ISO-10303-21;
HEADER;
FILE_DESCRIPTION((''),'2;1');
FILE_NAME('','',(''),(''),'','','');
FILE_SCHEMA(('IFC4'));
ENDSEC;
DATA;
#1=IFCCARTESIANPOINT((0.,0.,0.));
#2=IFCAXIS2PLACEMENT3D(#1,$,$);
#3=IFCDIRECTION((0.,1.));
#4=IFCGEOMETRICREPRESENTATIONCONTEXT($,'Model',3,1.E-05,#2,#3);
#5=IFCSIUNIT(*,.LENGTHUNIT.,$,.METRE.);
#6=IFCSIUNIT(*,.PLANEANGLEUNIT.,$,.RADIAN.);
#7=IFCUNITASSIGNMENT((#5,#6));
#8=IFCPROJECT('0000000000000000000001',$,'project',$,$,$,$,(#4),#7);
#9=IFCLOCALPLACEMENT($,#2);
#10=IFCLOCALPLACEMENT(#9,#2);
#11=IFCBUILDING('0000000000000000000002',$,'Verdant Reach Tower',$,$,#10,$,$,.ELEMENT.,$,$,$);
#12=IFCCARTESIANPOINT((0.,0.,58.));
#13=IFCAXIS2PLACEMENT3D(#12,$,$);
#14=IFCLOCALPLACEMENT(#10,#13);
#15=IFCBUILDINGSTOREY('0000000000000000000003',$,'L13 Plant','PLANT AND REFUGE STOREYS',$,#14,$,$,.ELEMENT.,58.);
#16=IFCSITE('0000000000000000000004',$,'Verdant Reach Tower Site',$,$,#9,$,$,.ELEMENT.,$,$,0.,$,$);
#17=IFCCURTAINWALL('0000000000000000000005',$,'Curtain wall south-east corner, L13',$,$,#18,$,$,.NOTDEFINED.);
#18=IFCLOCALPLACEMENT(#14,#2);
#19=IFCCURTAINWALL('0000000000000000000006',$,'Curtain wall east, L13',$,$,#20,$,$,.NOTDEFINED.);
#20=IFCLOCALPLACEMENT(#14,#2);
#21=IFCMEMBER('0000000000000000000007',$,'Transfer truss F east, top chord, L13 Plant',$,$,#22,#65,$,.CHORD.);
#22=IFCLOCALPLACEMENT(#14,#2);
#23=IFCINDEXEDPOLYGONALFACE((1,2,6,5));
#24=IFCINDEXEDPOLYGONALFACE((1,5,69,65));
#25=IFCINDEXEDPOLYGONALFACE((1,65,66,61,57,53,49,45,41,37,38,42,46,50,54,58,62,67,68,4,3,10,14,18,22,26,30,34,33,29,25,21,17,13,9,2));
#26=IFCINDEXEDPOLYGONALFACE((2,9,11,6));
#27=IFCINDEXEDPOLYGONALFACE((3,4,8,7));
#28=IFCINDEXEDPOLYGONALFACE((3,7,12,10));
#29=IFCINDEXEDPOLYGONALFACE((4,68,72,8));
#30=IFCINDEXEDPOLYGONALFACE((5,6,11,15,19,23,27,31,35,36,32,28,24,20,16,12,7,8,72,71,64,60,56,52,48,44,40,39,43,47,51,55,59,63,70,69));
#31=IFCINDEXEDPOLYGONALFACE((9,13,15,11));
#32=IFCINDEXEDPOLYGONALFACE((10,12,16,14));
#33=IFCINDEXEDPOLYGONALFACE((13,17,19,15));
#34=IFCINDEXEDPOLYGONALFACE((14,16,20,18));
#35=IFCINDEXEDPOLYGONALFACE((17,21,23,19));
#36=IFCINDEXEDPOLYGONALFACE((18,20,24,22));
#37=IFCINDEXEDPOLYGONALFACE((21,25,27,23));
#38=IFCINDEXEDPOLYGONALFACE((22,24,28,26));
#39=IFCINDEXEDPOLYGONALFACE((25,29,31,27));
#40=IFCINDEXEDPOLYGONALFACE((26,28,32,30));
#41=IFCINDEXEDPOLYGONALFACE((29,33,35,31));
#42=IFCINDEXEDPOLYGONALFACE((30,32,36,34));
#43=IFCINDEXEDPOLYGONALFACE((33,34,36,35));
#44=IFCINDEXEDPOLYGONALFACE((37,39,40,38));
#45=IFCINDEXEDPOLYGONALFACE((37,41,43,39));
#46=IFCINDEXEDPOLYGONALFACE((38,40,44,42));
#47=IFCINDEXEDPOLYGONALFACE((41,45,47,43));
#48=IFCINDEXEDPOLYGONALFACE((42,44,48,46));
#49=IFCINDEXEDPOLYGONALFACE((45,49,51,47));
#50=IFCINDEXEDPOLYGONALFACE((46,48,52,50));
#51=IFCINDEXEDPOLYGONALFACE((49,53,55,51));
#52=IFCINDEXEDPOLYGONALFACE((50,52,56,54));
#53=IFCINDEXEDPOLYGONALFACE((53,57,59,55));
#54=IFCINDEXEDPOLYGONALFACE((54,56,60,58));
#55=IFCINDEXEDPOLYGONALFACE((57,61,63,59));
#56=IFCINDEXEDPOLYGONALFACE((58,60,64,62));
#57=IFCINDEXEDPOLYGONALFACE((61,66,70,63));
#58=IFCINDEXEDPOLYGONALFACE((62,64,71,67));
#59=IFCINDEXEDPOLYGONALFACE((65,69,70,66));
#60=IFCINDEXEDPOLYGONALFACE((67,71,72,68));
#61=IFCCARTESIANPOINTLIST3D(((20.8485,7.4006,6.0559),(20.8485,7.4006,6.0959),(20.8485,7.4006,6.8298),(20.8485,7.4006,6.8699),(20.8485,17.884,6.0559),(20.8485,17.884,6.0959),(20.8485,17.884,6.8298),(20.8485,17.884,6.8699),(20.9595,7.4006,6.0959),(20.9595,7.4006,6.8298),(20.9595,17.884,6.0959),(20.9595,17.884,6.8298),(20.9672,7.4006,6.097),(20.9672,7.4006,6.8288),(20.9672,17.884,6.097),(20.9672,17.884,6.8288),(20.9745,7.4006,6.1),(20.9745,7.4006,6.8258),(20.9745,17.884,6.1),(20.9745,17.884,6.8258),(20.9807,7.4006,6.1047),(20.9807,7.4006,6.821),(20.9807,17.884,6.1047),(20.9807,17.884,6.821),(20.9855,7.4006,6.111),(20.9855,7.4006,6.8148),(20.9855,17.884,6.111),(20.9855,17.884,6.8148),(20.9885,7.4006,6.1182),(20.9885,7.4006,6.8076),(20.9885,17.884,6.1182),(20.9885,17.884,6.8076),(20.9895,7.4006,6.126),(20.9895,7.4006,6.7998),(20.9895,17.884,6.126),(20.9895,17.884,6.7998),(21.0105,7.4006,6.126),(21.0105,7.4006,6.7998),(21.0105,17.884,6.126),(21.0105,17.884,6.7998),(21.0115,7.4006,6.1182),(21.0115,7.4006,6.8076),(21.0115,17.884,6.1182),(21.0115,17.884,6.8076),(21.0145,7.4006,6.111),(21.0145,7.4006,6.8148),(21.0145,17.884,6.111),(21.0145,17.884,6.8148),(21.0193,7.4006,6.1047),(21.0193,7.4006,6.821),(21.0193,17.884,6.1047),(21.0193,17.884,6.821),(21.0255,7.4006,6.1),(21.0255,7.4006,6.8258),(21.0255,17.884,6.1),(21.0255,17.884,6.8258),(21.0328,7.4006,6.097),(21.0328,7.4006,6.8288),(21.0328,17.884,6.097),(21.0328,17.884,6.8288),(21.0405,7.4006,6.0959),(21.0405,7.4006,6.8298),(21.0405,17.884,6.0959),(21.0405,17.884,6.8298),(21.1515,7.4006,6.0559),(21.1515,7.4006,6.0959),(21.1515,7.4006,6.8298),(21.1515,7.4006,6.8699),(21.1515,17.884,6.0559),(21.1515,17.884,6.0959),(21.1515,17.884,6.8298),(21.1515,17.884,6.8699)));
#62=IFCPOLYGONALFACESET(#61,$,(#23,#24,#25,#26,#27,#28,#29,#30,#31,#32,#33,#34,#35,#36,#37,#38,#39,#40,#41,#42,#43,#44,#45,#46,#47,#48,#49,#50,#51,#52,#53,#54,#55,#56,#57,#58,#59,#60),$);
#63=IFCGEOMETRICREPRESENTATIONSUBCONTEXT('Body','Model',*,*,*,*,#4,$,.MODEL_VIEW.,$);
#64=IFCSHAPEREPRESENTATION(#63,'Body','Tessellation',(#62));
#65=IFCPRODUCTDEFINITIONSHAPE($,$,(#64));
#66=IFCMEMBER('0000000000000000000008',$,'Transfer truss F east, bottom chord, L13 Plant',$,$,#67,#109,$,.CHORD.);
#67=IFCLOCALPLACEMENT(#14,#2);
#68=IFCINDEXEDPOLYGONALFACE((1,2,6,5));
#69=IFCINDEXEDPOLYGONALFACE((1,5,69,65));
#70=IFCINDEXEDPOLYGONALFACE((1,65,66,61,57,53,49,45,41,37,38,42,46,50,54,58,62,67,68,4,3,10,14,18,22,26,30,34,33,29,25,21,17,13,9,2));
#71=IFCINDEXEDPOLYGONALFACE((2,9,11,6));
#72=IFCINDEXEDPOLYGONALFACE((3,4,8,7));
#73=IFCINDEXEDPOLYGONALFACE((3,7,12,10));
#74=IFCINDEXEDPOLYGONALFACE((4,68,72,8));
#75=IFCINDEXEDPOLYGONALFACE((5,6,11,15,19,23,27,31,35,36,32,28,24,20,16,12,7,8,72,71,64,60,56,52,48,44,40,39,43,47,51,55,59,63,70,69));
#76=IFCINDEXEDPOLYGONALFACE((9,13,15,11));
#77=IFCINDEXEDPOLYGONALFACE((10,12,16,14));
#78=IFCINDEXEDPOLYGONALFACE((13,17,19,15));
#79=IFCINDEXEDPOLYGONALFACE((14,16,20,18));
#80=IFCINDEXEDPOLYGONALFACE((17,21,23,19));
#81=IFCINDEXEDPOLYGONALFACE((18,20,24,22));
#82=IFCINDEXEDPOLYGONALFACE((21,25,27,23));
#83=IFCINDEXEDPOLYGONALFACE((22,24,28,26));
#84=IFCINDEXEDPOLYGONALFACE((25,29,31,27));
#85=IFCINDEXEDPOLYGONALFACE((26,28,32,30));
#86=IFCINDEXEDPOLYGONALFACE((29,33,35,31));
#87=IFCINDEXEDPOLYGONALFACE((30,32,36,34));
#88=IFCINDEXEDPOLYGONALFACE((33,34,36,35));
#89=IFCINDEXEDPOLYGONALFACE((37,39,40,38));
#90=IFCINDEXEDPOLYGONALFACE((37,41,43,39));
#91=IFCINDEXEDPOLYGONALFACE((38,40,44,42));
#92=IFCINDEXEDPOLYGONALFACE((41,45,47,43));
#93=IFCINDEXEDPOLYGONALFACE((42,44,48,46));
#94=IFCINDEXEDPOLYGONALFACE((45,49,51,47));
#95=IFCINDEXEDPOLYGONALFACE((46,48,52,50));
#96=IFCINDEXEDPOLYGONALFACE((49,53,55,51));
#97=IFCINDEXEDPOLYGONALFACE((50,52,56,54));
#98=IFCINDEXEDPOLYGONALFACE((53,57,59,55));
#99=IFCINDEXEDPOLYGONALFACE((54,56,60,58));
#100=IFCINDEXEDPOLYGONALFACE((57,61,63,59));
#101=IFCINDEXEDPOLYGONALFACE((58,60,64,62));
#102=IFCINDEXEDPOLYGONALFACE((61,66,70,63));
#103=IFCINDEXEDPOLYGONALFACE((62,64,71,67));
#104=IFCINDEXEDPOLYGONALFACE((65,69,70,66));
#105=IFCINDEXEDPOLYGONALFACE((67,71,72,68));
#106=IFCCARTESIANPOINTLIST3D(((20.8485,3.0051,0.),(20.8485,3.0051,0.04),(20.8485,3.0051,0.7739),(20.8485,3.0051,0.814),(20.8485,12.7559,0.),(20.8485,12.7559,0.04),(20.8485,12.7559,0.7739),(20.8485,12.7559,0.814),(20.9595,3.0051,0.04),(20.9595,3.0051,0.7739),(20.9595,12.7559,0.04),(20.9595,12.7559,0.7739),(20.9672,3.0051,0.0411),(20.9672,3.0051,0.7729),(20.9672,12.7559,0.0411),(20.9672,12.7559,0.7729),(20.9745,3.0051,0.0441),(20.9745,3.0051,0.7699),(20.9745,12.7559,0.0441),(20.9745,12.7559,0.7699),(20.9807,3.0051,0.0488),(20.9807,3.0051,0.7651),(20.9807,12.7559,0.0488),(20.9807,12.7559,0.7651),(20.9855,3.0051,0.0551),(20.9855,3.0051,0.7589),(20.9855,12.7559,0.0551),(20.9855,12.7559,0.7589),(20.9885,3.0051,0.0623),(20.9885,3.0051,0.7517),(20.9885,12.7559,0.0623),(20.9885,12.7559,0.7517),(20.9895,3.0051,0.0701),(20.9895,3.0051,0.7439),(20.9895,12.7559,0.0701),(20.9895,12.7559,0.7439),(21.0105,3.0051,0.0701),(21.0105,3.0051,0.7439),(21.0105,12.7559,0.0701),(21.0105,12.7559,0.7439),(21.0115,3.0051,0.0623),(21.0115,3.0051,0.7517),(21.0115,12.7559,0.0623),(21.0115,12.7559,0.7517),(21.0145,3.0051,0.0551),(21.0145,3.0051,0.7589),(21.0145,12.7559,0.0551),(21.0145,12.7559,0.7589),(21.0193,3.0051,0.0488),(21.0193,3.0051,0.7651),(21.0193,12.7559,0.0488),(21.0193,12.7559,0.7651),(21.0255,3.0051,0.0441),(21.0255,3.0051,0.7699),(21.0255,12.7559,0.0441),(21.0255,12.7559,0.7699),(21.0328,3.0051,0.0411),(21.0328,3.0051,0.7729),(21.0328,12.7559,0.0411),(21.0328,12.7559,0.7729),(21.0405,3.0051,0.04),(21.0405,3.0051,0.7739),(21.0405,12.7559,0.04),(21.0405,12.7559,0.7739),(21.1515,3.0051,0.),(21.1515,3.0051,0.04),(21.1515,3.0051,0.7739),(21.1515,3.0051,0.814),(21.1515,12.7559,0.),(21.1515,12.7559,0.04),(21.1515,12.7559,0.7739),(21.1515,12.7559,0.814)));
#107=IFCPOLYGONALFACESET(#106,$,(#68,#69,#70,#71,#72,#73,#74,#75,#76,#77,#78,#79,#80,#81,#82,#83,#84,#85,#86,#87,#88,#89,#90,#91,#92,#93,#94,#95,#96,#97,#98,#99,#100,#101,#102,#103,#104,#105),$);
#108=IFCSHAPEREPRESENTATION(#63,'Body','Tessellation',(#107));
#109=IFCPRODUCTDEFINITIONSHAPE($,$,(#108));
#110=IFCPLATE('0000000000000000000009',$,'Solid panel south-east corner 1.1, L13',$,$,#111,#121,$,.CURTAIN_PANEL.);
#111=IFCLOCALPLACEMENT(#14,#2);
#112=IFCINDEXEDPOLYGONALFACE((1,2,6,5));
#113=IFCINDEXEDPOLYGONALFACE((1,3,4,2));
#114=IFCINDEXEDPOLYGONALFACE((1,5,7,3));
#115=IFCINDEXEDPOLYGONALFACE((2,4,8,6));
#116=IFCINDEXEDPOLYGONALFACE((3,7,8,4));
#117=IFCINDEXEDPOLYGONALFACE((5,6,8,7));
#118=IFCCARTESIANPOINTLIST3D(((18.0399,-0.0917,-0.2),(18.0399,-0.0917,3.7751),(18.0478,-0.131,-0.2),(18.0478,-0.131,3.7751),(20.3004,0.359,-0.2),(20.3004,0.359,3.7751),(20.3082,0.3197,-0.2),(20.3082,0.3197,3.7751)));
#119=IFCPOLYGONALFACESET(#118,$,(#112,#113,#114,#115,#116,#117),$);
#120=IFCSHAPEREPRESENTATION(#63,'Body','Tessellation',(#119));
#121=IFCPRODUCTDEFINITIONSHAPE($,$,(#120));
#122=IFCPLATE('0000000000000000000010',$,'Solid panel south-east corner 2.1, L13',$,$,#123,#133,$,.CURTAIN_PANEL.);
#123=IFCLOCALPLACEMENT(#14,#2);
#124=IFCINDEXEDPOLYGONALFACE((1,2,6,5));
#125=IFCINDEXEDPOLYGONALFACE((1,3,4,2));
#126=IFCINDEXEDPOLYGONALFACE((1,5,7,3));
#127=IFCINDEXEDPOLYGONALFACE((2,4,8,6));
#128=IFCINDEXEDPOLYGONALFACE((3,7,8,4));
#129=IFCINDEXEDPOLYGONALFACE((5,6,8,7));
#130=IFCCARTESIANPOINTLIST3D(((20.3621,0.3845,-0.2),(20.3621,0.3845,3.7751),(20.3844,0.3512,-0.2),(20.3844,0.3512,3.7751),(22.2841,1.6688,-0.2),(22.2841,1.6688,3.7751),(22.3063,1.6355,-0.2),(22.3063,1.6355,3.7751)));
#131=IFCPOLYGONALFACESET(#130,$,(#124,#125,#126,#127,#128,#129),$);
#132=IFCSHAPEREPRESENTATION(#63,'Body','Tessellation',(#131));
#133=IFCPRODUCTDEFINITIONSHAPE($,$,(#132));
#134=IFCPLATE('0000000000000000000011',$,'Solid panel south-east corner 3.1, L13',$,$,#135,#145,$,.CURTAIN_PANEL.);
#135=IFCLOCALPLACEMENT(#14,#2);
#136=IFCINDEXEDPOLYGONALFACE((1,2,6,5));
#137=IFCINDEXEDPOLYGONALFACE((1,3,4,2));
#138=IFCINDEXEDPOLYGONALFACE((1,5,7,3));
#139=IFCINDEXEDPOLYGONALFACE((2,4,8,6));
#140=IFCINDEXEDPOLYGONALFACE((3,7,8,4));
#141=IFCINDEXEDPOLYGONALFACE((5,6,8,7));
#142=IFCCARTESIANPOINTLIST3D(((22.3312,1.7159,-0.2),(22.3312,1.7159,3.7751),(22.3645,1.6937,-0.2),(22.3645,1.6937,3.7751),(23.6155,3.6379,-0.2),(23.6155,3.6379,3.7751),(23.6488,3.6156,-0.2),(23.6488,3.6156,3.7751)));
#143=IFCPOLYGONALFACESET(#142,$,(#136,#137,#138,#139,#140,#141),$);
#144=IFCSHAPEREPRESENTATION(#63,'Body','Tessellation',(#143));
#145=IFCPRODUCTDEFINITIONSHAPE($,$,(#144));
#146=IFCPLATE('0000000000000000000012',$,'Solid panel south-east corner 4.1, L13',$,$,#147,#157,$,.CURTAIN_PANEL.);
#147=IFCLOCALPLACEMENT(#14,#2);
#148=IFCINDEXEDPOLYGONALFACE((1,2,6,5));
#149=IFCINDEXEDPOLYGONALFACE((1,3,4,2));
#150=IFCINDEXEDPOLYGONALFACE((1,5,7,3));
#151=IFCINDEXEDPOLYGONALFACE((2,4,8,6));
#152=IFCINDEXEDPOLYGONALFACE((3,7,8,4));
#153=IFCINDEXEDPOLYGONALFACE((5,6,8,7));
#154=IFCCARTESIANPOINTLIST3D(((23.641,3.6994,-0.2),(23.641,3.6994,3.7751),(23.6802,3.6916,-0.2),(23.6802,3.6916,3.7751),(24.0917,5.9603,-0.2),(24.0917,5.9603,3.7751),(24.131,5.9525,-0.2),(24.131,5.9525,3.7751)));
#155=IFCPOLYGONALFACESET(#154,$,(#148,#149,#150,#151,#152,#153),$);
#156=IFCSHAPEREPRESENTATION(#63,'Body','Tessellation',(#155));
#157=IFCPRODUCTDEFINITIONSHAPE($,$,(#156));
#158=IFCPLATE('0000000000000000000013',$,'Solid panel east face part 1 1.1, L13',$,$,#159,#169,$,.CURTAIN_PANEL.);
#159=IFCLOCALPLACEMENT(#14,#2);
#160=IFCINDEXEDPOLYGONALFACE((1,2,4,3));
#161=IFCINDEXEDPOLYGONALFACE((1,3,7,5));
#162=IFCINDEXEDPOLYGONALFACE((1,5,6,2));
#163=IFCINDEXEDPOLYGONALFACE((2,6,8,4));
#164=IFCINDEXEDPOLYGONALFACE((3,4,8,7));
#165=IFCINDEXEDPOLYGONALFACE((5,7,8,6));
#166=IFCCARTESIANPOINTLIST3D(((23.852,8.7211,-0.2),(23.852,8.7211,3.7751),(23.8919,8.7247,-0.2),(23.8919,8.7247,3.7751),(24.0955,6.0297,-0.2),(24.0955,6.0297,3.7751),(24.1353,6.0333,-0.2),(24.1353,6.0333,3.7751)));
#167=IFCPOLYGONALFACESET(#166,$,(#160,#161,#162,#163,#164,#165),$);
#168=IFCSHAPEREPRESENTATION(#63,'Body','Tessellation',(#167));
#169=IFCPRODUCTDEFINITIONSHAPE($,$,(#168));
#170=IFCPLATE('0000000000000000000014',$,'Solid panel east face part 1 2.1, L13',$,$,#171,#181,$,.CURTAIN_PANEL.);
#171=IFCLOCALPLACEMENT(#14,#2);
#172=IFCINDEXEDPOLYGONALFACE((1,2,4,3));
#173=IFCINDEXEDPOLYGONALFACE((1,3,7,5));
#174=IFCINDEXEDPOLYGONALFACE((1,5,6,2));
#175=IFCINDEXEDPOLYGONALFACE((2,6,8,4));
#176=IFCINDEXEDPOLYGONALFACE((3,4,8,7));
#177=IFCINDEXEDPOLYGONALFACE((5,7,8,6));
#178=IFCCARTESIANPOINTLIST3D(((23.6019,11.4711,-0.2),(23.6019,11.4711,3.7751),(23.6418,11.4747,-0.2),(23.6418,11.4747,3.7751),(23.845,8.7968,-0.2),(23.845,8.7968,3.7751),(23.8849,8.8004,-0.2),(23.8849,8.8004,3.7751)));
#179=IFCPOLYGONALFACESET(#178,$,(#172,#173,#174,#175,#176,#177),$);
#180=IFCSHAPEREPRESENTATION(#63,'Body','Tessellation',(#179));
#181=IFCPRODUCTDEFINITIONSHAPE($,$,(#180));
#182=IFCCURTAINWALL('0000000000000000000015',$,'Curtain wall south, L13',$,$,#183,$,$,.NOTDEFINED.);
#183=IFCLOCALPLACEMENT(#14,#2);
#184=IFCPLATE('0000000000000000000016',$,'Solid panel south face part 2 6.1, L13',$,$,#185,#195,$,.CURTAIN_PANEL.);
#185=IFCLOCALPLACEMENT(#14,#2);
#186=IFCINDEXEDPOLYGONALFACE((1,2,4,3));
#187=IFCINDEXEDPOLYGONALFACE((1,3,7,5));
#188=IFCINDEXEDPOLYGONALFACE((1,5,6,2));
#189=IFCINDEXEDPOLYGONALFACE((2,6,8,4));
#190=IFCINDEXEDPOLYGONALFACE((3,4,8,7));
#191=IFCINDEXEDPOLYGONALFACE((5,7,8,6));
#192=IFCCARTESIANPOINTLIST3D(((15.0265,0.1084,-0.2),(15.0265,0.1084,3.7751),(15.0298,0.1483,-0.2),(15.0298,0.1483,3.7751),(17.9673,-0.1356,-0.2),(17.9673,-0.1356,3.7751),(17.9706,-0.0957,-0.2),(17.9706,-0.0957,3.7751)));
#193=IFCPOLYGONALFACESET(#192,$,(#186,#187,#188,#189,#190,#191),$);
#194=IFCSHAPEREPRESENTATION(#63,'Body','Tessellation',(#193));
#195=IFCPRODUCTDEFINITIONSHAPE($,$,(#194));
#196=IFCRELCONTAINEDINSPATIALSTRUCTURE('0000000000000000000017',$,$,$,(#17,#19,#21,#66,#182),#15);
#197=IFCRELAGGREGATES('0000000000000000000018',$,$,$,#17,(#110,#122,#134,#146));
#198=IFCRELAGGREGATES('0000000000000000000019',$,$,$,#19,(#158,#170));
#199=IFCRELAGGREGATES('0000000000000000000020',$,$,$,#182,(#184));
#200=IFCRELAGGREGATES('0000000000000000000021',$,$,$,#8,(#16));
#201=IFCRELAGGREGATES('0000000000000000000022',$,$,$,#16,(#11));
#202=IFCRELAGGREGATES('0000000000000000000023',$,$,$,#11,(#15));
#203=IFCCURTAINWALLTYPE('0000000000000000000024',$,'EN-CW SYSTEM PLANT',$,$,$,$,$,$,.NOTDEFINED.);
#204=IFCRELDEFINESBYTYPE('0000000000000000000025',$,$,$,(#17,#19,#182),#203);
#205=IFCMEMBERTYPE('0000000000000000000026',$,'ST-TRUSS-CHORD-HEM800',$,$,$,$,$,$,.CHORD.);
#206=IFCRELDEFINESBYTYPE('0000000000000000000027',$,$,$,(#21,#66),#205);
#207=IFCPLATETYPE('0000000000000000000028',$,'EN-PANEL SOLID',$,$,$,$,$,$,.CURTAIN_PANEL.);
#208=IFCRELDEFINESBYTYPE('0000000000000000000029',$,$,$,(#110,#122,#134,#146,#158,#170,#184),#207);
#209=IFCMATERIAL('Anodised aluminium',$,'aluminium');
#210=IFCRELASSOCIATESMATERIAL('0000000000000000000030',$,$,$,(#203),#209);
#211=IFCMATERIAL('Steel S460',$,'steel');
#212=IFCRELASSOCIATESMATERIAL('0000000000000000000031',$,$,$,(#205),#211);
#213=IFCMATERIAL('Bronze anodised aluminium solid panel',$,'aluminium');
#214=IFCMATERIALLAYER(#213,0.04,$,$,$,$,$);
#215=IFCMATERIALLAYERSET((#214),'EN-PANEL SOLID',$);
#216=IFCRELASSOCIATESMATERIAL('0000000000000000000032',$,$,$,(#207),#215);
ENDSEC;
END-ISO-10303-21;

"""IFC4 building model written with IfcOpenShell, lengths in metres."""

from ifc_helpers import new_model, si_unit, direction, frame, origin, origin_2d, place, context, subcontext, project, spatial, rectangle, i_section, extrude, material, layer, layer_set, material_profile, profile_set, type_object, element, aggregate, save


model = new_model("IFC4")

# Units and contexts
model_context = context("Model", 3, precision=1e-05, world=origin(), true_north=direction((0.0, 1.0)))
body_context = subcontext(model_context, "Body", "Model", "MODEL_VIEW")
ifc_project = project(units=[si_unit("LENGTHUNIT", "METRE"), si_unit("PLANEANGLEUNIT", "RADIAN")], contexts=[model_context])

# Site, building, storey
site_placement = place(None, origin())
site = spatial("IfcSite", under=ifc_project, at=site_placement, Name="Verdant Reach Tower Site", CompositionType="ELEMENT", RefElevation=0.0)
building_placement = place(site_placement, origin())
building = spatial("IfcBuilding", under=site, at=building_placement, Name="Verdant Reach Tower", CompositionType="ELEMENT")
storey_placement = place(building_placement, frame((0.0, 0.0, 58.0)))
storey = spatial("IfcBuildingStorey", under=building, at=storey_placement, Name="L13 Plant", Description="PLANT AND REFUGE STOREYS", CompositionType="ELEMENT", Elevation=58.0)

# Shared definitions
ifc_material_1 = material(Name="Steel S460", Category="steel")

# Curtain walls
ifc_material_2 = material(Name="Anodised aluminium", Category="aluminium")
curtain_wall_type = type_object("IfcCurtainWallType", Name="EN-CW SYSTEM PLANT", PredefinedType="NOTDEFINED", material=ifc_material_2)
curtain_wall_1_placement = place(storey_placement, origin())
curtain_wall_1 = element("IfcCurtainWall", 1, at=curtain_wall_1_placement, inside=storey, type_object=curtain_wall_type, Name="Curtain wall south-east corner, L13", PredefinedType="NOTDEFINED")
curtain_wall_2_placement = place(storey_placement, origin())
curtain_wall_2 = element("IfcCurtainWall", 2, at=curtain_wall_2_placement, inside=storey, type_object=curtain_wall_type, Name="Curtain wall east, L13", PredefinedType="NOTDEFINED")

# Members
ifc_material_profile_1 = material_profile(ifc_material_1, i_section(OverallWidth=0.303, OverallDepth=0.814, WebThickness=0.021, FlangeThickness=0.04, FilletRadius=0.03, at=origin_2d()), Name="HEM 800")
ifc_profile_set_1 = profile_set([ifc_material_profile_1], Name="Steel S460")
member_type_1 = type_object("IfcMemberType", Name="ST-TRUSS-CHORD-HEM800", PredefinedType="CHORD", material=ifc_profile_set_1)
member_1_placement = place(storey_placement, frame((21.0, 7.4006, 6.4629), z_axis=(0.0, 1.0, 0.0), x_axis=(-1.0, 0.0, 0.0)))
element("IfcMember", 3, at=member_1_placement, inside=storey, type_object=member_type_1, Name="Transfer truss F east, top chord, L13 Plant", PredefinedType="CHORD", context=body_context, shape_type="SweptSolid", body=[
    extrude(i_section(OverallWidth=0.303, OverallDepth=0.814, WebThickness=0.021, FlangeThickness=0.04, FilletRadius=0.03, at=origin_2d()), origin(), (0.0, 0.0, 1.0), 10.4834),
])
member_2_placement = place(storey_placement, frame((21.0, 3.0051, 0.407), z_axis=(0.0, 1.0, 0.0), x_axis=(-1.0, 0.0, 0.0)))
element("IfcMember", 4, at=member_2_placement, inside=storey, type_object=member_type_1, Name="Transfer truss F east, bottom chord, L13 Plant", PredefinedType="CHORD", context=body_context, shape_type="SweptSolid", body=[
    extrude(i_section(OverallWidth=0.303, OverallDepth=0.814, WebThickness=0.021, FlangeThickness=0.04, FilletRadius=0.03, at=origin_2d()), origin(), (0.0, 0.0, 1.0), 9.7507),
])

# Plates
ifc_material_3 = material(Name="Bronze anodised aluminium solid panel", Category="aluminium")
ifc_layer_1 = layer(ifc_material_3, 0.04)
ifc_layer_set_1 = layer_set([ifc_layer_1], Name="EN-PANEL SOLID")
plate_type_1 = type_object("IfcPlateType", Name="EN-PANEL SOLID", PredefinedType="CURTAIN_PANEL", material=ifc_layer_set_1)
plate_1_placement = place(storey_placement, frame((19.1741, 0.114, -0.2), z_axis=(0.0, 0.0, 1.0), x_axis=(0.980695, 0.195545, 0.0)))
plate_1 = element("IfcPlate", 5, at=plate_1_placement, type_object=plate_type_1, Name="Solid panel south-east corner 1.1, L13", PredefinedType="CURTAIN_PANEL", context=body_context, shape_type="SweptSolid", body=[
    extrude(rectangle(XDim=2.3049, YDim=0.04, at=origin_2d()), origin(), (0.0, 0.0, 1.0), 3.9751),
])
plate_2_placement = place(storey_placement, frame((21.3342, 1.01, -0.2), z_axis=(0.0, 0.0, 1.0), x_axis=(0.831452, 0.555596, 0.0)))
plate_2 = element("IfcPlate", 6, at=plate_2_placement, type_object=plate_type_1, Name="Solid panel south-east corner 2.1, L13", PredefinedType="CURTAIN_PANEL", context=body_context, shape_type="SweptSolid", body=[
    extrude(rectangle(XDim=2.3115, YDim=0.04, at=origin_2d()), origin(), (0.0, 0.0, 1.0), 3.9751),
])
plate_3_placement = place(storey_placement, frame((22.99, 2.6658, -0.2), z_axis=(0.0, 0.0, 1.0), x_axis=(0.555596, 0.831452, 0.0)))
plate_3 = element("IfcPlate", 7, at=plate_3_placement, type_object=plate_type_1, Name="Solid panel south-east corner 3.1, L13", PredefinedType="CURTAIN_PANEL", context=body_context, shape_type="SweptSolid", body=[
    extrude(rectangle(XDim=2.3115, YDim=0.04, at=origin_2d()), origin(), (0.0, 0.0, 1.0), 3.9751),
])
plate_4_placement = place(storey_placement, frame((23.886, 4.8259, -0.2), z_axis=(0.0, 0.0, 1.0), x_axis=(0.195519, 0.9807, 0.0)))
plate_4 = element("IfcPlate", 8, at=plate_4_placement, type_object=plate_type_1, Name="Solid panel south-east corner 4.1, L13", PredefinedType="CURTAIN_PANEL", context=body_context, shape_type="SweptSolid", body=[
    extrude(rectangle(XDim=2.3054, YDim=0.04, at=origin_2d()), origin(), (0.0, 0.0, 1.0), 3.9751),
])
plate_5_placement = place(storey_placement, frame((23.9937, 7.3772, -0.2), z_axis=(0.0, 0.0, 1.0), x_axis=(-0.090097, 0.995933, 0.0)))
plate_5 = element("IfcPlate", 9, at=plate_5_placement, type_object=plate_type_1, Name="Solid panel east face part 1 1.1, L13", PredefinedType="CURTAIN_PANEL", context=body_context, shape_type="SweptSolid", body=[
    extrude(rectangle(XDim=2.7024, YDim=0.04, at=origin_2d()), origin(), (0.0, 0.0, 1.0), 3.9751),
])
plate_6_placement = place(storey_placement, frame((23.7434, 10.1357, -0.2), z_axis=(0.0, 0.0, 1.0), x_axis=(-0.090536, 0.995893, 0.0)))
plate_6 = element("IfcPlate", 10, at=plate_6_placement, type_object=plate_type_1, Name="Solid panel east face part 1 2.1, L13", PredefinedType="CURTAIN_PANEL", context=body_context, shape_type="SweptSolid", body=[
    extrude(rectangle(XDim=2.6853, YDim=0.04, at=origin_2d()), origin(), (0.0, 0.0, 1.0), 3.9751),
])

# Curtain wall, plate
curtain_wall_3_placement = place(storey_placement, origin())
curtain_wall_3 = element("IfcCurtainWall", 11, at=curtain_wall_3_placement, inside=storey, type_object=curtain_wall_type, Name="Curtain wall south, L13", PredefinedType="NOTDEFINED")
plate_7_placement = place(storey_placement, frame((16.4985, 0.0063, -0.2), z_axis=(0.0, 0.0, 1.0), x_axis=(0.996578, -0.082664, 0.0)))
plate_7 = element("IfcPlate", 12, at=plate_7_placement, type_object=plate_type_1, Name="Solid panel south face part 2 6.1, L13", PredefinedType="CURTAIN_PANEL", context=body_context, shape_type="SweptSolid", body=[
    extrude(rectangle(XDim=2.9509, YDim=0.04, at=origin_2d()), origin(), (0.0, 0.0, 1.0), 3.9751),
])

aggregate(curtain_wall_1, [plate_1, plate_2, plate_3, plate_4])
aggregate(curtain_wall_2, [plate_5, plate_6])
aggregate(curtain_wall_3, [plate_7])

save(model, "model.ifc")
